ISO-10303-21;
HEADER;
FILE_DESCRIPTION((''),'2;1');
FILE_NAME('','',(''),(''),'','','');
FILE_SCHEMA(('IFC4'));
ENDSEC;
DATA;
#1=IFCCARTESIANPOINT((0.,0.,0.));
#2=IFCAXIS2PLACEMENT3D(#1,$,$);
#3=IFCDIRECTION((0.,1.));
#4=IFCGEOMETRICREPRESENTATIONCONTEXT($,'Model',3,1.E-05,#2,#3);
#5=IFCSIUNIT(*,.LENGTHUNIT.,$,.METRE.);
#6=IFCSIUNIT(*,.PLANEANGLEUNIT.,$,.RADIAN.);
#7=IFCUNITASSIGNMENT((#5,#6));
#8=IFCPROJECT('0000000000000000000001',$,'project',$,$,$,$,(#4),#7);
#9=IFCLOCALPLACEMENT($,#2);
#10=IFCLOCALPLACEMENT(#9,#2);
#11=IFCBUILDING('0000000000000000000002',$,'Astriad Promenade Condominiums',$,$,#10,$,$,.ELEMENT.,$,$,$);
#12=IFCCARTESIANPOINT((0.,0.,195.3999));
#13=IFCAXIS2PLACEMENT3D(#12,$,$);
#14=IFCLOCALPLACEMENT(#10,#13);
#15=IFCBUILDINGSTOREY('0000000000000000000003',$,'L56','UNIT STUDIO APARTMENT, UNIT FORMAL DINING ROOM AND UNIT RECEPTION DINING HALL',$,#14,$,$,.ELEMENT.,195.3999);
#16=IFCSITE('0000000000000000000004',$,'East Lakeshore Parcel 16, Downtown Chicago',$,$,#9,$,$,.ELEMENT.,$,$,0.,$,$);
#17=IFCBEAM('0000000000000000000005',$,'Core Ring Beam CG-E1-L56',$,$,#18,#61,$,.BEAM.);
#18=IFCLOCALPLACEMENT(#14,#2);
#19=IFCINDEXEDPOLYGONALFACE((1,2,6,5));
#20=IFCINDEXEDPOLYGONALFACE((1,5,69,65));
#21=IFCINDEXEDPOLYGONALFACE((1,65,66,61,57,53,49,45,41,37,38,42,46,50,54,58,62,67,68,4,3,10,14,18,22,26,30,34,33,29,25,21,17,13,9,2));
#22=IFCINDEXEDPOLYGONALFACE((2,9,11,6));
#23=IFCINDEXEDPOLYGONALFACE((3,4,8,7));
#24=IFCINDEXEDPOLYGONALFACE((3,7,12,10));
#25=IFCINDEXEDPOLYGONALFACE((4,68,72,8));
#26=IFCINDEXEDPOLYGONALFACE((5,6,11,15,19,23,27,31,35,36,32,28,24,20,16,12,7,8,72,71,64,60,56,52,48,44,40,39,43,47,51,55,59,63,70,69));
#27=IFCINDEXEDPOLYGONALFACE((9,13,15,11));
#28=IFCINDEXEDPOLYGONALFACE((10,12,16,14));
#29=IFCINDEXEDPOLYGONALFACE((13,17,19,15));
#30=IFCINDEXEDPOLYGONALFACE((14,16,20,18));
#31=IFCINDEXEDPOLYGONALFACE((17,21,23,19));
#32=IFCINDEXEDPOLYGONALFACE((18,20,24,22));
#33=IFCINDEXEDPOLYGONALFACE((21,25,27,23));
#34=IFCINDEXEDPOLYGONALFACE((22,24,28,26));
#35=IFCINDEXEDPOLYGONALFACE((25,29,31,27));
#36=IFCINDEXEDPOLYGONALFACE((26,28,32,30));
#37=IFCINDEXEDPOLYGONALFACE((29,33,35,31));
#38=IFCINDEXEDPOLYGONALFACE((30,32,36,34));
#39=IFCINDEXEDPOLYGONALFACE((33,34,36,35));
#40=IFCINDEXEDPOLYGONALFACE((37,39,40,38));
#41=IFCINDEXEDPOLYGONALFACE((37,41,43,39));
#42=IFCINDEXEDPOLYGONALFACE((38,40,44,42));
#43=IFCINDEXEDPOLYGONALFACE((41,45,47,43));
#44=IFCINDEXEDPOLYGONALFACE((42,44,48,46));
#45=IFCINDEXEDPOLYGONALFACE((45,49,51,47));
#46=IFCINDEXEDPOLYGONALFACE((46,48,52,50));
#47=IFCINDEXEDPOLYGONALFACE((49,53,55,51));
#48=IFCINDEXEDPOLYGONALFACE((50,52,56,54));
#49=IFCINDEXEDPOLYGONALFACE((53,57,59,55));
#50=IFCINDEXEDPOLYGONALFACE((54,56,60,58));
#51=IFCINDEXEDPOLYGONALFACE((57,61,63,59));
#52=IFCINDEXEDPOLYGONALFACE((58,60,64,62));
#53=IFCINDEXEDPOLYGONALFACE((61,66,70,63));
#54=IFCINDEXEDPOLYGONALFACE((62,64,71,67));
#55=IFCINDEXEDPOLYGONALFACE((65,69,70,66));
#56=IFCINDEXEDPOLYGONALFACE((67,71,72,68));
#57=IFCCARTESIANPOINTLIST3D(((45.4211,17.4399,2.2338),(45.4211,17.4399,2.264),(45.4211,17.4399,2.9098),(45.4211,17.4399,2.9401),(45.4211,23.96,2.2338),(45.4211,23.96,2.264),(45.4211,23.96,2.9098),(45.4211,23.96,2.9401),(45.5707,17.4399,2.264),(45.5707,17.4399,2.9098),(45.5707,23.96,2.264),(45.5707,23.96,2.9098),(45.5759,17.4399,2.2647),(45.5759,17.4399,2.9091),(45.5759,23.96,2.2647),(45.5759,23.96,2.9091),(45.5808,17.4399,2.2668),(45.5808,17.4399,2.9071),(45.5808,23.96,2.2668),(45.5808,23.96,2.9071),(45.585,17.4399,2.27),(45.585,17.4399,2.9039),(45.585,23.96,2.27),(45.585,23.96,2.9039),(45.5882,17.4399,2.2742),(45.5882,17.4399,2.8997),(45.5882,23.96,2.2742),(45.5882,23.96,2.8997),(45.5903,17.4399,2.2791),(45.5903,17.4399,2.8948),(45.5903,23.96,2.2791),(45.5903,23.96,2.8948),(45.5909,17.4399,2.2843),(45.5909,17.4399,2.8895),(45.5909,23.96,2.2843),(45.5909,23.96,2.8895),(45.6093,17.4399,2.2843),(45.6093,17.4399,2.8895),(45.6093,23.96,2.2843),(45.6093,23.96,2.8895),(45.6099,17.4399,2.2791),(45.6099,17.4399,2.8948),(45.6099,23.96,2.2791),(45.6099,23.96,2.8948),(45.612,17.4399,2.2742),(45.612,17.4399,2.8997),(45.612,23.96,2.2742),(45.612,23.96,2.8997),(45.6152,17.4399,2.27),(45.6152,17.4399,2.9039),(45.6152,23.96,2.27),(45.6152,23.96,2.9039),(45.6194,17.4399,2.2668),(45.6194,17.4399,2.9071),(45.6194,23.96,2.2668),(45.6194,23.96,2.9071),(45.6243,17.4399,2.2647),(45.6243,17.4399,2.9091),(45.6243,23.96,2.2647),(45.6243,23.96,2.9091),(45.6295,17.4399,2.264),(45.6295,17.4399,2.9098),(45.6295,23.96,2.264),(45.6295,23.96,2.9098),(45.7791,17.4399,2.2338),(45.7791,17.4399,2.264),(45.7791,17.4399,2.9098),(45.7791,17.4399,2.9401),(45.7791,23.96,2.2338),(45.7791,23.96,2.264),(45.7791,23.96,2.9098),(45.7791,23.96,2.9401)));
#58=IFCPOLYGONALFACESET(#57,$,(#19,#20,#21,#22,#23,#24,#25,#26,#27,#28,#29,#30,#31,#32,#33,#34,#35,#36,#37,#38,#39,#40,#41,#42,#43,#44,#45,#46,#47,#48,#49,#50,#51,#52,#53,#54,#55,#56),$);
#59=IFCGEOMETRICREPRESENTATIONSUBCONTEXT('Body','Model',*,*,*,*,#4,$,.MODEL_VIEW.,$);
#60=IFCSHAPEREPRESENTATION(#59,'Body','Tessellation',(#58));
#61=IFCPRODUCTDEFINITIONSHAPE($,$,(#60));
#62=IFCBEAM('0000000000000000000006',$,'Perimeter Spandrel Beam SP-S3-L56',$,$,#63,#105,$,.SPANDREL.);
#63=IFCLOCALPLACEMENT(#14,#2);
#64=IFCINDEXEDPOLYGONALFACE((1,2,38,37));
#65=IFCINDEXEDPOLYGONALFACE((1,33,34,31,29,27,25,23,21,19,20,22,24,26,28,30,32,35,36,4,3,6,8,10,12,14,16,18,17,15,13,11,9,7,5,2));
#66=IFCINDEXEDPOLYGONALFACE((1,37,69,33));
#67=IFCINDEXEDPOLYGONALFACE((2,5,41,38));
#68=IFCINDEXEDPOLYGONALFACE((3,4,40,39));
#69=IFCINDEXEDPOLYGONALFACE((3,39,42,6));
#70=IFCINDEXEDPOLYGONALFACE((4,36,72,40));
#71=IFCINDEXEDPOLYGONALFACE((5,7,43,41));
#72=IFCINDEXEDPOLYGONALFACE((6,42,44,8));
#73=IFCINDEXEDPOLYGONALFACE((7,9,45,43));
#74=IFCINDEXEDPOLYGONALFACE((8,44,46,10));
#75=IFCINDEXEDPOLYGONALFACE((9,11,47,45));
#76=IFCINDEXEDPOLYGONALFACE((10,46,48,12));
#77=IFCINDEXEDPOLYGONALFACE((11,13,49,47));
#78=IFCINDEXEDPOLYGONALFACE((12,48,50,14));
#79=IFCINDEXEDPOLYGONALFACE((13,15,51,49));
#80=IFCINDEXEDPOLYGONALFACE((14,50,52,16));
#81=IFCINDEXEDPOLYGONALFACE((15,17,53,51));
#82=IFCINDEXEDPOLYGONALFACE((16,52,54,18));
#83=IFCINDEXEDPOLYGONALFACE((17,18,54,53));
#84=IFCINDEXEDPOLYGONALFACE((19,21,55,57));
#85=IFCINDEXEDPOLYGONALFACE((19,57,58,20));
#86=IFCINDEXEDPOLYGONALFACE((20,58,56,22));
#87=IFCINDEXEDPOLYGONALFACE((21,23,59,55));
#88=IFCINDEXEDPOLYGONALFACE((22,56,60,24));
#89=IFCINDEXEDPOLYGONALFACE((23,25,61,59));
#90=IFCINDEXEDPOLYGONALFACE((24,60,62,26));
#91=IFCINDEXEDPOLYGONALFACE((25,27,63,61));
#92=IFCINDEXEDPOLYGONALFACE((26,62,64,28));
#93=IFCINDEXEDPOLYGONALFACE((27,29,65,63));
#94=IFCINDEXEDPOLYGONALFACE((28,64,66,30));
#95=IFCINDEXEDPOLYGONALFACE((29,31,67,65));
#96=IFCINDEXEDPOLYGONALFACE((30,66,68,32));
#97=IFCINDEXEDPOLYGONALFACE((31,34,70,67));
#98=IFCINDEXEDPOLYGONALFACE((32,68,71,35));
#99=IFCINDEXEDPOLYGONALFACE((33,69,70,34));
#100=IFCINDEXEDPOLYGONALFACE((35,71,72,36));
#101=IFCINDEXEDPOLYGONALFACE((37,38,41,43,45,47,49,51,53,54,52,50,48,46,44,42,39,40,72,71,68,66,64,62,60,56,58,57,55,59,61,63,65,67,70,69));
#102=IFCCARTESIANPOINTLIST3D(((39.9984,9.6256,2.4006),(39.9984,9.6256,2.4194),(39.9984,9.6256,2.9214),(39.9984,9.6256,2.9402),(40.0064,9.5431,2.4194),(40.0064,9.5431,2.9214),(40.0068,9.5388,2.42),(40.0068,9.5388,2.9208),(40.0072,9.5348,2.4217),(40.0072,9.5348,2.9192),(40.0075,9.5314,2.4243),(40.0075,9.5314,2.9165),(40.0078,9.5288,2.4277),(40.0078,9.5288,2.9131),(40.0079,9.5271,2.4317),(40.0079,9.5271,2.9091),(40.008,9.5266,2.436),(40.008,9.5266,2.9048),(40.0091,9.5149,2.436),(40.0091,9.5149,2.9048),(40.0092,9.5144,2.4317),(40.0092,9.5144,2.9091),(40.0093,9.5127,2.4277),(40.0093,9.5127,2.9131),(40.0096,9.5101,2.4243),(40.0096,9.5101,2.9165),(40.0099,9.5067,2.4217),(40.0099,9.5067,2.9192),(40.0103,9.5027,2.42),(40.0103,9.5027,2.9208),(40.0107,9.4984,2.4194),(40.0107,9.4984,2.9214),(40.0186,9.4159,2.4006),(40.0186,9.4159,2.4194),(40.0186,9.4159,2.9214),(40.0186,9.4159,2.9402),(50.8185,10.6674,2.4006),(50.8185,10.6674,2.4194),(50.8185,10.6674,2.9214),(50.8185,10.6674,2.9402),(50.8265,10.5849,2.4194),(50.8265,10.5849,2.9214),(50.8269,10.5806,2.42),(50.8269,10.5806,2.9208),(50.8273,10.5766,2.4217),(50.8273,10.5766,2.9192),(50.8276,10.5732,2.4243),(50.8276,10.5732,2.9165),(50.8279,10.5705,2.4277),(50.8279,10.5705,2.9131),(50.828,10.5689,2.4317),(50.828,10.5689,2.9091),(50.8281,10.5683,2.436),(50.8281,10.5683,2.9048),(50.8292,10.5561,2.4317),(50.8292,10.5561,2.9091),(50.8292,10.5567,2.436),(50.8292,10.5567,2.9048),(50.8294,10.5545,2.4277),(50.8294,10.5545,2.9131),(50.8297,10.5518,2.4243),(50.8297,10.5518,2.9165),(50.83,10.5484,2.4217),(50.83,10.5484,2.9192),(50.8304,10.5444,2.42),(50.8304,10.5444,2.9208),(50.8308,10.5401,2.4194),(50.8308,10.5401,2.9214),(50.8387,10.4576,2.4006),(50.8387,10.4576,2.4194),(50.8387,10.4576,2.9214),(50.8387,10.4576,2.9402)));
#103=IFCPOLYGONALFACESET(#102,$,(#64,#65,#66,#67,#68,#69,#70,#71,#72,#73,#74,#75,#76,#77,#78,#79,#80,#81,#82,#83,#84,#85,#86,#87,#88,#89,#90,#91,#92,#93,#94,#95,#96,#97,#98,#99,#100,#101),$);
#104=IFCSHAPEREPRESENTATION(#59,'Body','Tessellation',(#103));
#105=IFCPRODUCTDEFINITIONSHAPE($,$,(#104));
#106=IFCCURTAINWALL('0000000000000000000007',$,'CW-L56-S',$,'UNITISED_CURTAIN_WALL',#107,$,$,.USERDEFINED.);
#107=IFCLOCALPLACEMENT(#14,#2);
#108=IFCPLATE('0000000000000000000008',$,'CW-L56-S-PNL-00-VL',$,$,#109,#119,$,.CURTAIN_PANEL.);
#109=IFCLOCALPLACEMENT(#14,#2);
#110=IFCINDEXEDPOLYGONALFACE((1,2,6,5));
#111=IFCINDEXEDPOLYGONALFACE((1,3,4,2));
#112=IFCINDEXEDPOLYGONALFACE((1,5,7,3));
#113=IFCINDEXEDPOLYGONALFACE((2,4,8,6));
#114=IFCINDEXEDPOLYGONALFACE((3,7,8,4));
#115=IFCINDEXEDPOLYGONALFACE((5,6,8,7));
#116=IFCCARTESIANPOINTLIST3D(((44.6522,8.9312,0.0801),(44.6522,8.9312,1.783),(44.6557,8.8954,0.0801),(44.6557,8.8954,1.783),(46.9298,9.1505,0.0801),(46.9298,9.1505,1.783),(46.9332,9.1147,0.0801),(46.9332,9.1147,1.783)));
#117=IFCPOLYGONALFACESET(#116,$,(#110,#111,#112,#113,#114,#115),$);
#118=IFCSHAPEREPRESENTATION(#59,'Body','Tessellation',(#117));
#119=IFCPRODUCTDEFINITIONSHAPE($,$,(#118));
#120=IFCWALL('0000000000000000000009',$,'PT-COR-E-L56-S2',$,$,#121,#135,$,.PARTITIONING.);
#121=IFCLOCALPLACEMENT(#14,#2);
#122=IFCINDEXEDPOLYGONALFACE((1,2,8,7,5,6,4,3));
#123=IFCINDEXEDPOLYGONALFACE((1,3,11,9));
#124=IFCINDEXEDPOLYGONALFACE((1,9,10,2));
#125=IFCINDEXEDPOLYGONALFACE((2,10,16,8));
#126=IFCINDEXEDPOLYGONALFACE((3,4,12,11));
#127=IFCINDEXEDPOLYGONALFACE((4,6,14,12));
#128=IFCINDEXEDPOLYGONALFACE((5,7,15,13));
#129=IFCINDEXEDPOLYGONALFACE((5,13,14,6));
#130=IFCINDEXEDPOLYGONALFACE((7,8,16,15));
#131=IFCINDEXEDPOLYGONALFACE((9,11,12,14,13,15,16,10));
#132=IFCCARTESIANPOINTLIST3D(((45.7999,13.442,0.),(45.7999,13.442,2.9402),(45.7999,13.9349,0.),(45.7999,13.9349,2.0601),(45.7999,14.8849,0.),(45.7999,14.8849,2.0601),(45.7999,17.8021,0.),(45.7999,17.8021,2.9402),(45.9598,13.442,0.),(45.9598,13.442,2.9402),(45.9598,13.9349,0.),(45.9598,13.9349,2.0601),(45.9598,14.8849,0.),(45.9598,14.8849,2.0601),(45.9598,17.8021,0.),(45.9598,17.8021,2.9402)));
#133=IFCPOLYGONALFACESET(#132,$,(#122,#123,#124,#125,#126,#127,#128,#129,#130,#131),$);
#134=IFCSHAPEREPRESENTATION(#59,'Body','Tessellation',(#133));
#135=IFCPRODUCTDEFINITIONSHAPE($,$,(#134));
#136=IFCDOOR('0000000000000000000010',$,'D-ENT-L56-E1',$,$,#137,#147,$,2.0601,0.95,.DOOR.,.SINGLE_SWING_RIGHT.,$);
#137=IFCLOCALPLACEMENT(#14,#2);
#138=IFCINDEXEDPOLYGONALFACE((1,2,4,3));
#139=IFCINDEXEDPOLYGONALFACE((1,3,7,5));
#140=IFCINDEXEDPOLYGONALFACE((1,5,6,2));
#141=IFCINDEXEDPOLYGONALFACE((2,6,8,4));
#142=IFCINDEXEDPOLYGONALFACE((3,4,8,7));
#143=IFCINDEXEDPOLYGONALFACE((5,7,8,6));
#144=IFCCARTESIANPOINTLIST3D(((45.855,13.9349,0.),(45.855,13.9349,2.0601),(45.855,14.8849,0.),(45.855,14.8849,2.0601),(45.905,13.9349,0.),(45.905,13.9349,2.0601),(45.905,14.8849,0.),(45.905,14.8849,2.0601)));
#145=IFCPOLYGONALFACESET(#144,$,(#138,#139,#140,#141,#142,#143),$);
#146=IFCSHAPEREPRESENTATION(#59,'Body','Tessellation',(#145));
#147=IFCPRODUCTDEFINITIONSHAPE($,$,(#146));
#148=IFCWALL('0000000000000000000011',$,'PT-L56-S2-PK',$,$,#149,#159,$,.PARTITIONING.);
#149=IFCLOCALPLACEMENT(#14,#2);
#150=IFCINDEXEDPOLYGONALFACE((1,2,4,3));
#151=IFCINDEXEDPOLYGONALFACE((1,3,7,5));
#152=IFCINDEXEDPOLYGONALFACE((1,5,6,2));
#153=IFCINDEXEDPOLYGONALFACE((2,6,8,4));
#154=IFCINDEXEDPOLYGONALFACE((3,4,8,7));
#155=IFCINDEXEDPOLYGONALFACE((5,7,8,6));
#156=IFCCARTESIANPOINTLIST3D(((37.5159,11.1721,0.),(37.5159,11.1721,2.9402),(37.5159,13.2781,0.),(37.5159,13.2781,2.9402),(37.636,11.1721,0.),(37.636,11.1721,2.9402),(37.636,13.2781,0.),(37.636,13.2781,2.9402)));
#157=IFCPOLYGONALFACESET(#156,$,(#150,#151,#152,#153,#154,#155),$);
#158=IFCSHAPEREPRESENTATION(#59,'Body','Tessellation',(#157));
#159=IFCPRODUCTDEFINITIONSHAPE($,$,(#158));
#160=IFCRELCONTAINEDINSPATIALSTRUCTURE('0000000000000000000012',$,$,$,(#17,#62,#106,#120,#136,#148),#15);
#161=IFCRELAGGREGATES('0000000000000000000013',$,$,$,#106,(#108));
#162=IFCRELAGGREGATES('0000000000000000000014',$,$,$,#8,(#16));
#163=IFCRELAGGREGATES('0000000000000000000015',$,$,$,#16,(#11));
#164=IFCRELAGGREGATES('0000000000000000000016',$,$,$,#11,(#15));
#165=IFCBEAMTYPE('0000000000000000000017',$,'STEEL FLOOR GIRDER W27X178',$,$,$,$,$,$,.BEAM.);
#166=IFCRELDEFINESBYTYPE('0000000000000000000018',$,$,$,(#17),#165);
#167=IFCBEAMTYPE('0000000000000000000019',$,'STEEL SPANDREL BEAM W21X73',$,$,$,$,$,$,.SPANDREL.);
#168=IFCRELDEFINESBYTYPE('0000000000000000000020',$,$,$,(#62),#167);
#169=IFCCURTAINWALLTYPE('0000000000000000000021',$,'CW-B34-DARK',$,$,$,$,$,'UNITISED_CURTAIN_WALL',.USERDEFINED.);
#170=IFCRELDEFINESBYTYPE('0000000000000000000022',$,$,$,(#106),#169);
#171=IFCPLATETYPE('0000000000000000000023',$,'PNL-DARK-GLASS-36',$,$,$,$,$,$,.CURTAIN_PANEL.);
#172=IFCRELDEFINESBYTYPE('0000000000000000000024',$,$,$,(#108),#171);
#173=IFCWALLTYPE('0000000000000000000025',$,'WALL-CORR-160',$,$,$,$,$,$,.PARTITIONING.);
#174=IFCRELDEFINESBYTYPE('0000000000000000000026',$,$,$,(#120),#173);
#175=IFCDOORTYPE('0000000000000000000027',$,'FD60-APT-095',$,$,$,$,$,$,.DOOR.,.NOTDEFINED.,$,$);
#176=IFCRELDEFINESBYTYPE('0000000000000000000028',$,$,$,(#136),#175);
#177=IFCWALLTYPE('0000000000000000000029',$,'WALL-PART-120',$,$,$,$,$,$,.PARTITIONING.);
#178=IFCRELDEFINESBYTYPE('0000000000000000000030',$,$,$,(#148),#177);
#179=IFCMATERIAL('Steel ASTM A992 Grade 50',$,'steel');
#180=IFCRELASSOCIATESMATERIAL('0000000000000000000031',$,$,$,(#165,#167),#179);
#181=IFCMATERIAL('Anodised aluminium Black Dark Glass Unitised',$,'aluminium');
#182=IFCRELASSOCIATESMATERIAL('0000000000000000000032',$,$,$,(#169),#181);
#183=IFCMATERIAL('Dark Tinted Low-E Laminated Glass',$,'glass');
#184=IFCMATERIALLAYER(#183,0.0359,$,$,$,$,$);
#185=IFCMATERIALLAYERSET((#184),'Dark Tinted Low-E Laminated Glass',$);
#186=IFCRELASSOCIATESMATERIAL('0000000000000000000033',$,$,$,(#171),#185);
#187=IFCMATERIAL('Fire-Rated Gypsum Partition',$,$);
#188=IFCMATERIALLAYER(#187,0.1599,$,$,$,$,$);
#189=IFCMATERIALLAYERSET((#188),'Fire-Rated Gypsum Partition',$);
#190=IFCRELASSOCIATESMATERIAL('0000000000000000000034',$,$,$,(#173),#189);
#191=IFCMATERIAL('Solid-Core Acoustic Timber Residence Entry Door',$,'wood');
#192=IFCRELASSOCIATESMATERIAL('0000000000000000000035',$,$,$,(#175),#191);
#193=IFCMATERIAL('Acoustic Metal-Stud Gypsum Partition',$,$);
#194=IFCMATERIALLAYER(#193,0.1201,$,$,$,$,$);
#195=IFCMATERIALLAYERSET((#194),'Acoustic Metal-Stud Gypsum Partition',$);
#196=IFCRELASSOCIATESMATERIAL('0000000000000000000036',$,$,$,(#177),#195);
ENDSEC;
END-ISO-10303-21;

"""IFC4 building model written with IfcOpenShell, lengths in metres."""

from ifc_helpers import new_model, si_unit, direction, frame, frame_2d, origin, origin_2d, place, context, subcontext, project, spatial, rectangle, i_section, extrude, source, transform, mapped, material, layer, layer_set, material_profile, profile_set, type_object, type_shapes, element, fill, aggregate, save


model = new_model("IFC4")

# Units and contexts
model_context = context("Model", 3, precision=1e-05, world=origin(), true_north=direction((0.0, 1.0)))
body_context = subcontext(model_context, "Body", "Model", "MODEL_VIEW")
ifc_project = project(units=[si_unit("LENGTHUNIT", "METRE"), si_unit("PLANEANGLEUNIT", "RADIAN")], contexts=[model_context])

# Site, building, storey
site_placement = place(None, origin())
site = spatial("IfcSite", under=ifc_project, at=site_placement, Name="East Lakeshore Parcel 16, Downtown Chicago", CompositionType="ELEMENT", RefElevation=0.0)
building_placement = place(site_placement, origin())
building = spatial("IfcBuilding", under=site, at=building_placement, Name="Astriad Promenade Condominiums", CompositionType="ELEMENT")
storey_placement = place(building_placement, frame((0.0, 0.0, 195.3999)))
storey = spatial("IfcBuildingStorey", under=building, at=storey_placement, Name="L56", Description="UNIT STUDIO APARTMENT, UNIT FORMAL DINING ROOM AND UNIT RECEPTION DINING HALL", CompositionType="ELEMENT", Elevation=195.3999)

# Shared definitions
ifc_material_1 = material(Name="Steel ASTM A992 Grade 50", Category="steel")

# Beams
ifc_material_profile_1 = material_profile(ifc_material_1, i_section(OverallWidth=0.3579, OverallDepth=0.7063, WebThickness=0.0183, FlangeThickness=0.0303, FilletRadius=0.0203, at=origin_2d()), Name="W27X178")
ifc_profile_set_1 = profile_set([ifc_material_profile_1], Name="Steel ASTM A992 Grade 50")
beam_type_1 = type_object("IfcBeamType", Name="STEEL FLOOR GIRDER W27X178", PredefinedType="BEAM", material=ifc_profile_set_1)
shared_shape_1 = source(origin(), body_context, "Body", "SweptSolid", [
    extrude(i_section(OverallWidth=0.3579, OverallDepth=0.7063, WebThickness=0.0183, FlangeThickness=0.0303, FilletRadius=0.0203, at=origin_2d()), origin(), (0.0, 0.0, 1.0), 6.52),
])
type_shapes(beam_type_1, [shared_shape_1])
beam_1_placement = place(storey_placement, frame((45.6001, 17.4399, 2.5869), z_axis=(0.0, 1.0, 0.0), x_axis=(-1.0, 0.0, 0.0)))
element("IfcBeam", 1, at=beam_1_placement, inside=storey, type_object=beam_type_1, Name="Core Ring Beam CG-E1-L56", PredefinedType="BEAM", context=body_context, shape_type="MappedRepresentation", body=[
    mapped(shared_shape_1, transform((0.0, 0.0, 0.0), scale=1.0)),
])
ifc_material_profile_2 = material_profile(ifc_material_1, i_section(OverallWidth=0.2107, OverallDepth=0.5396, WebThickness=0.0117, FlangeThickness=0.0188, FilletRadius=0.0166, at=origin_2d()), Name="W21X73")
ifc_profile_set_2 = profile_set([ifc_material_profile_2], Name="Steel ASTM A992 Grade 50")
beam_type_2 = type_object("IfcBeamType", Name="STEEL SPANDREL BEAM W21X73", PredefinedType="SPANDREL", material=ifc_profile_set_2)
shared_shape_2 = source(origin(), body_context, "Body", "SweptSolid", [
    extrude(i_section(OverallWidth=0.2107, OverallDepth=0.5396, WebThickness=0.0117, FlangeThickness=0.0188, FilletRadius=0.0166, at=origin_2d()), origin(), (0.0, 0.0, 1.0), 10.8701),
])
type_shapes(beam_type_2, [shared_shape_2])
beam_2_placement = place(storey_placement, frame((40.0085, 9.5208, 2.6704), z_axis=(0.995397, 0.095836, 0.0), x_axis=(-0.095836, 0.995397, 0.0)))
element("IfcBeam", 2, at=beam_2_placement, inside=storey, type_object=beam_type_2, Name="Perimeter Spandrel Beam SP-S3-L56", PredefinedType="SPANDREL", context=body_context, shape_type="MappedRepresentation", body=[
    mapped(shared_shape_2, transform((0.0, 0.0, 0.0), scale=1.0)),
])

# Curtain wall, plate
ifc_material_2 = material(Name="Anodised aluminium Black Dark Glass Unitised", Category="aluminium")
curtain_wall_type = type_object("IfcCurtainWallType", Name="CW-B34-DARK", ElementType="UNITISED_CURTAIN_WALL", PredefinedType="USERDEFINED", material=ifc_material_2)
curtain_wall_placement = place(storey_placement, origin())
curtain_wall = element("IfcCurtainWall", 3, at=curtain_wall_placement, inside=storey, type_object=curtain_wall_type, Name="CW-L56-S", ObjectType="UNITISED_CURTAIN_WALL", PredefinedType="USERDEFINED")
ifc_material_3 = material(Name="Dark Tinted Low-E Laminated Glass", Category="glass")
ifc_layer_1 = layer(ifc_material_3, 0.0359)
ifc_layer_set_1 = layer_set([ifc_layer_1], Name="Dark Tinted Low-E Laminated Glass")
plate_type = type_object("IfcPlateType", Name="PNL-DARK-GLASS-36", PredefinedType="CURTAIN_PANEL", material=ifc_layer_set_1)
shared_shape_3 = source(origin(), body_context, "Body", "SweptSolid", [
    extrude(rectangle(XDim=2.2881, YDim=0.0359, at=origin_2d()), origin(), (0.0, 0.0, 1.0), 1.7029),
])
type_shapes(plate_type, [shared_shape_3])
plate_placement = place(storey_placement, frame((45.7927, 9.0229, 0.0801), z_axis=(0.0, 0.0, 1.0), x_axis=(-0.995396, -0.095846, 0.0)))
plate = element("IfcPlate", 4, at=plate_placement, type_object=plate_type, Name="CW-L56-S-PNL-00-VL", PredefinedType="CURTAIN_PANEL", context=body_context, shape_type="MappedRepresentation", body=[
    mapped(shared_shape_3, transform((0.0, 0.0, 0.0), scale=1.0)),
])
aggregate(curtain_wall, [plate])

# Wall, opening, door
ifc_material_4 = material(Name="Fire-Rated Gypsum Partition")
ifc_layer_2 = layer(ifc_material_4, 0.1599)
ifc_layer_set_2 = layer_set([ifc_layer_2], Name="Fire-Rated Gypsum Partition")
wall_type_1 = type_object("IfcWallType", Name="WALL-CORR-160", PredefinedType="PARTITIONING", material=ifc_layer_set_2)
wall_1_placement = place(storey_placement, frame((45.8799, 13.4419, 0.0), z_axis=(0.0, 0.0, 1.0), x_axis=(0.0, 1.0, 0.0)))
wall_1 = element("IfcWall", 5, at=wall_1_placement, inside=storey, type_object=wall_type_1, Name="PT-COR-E-L56-S2", PredefinedType="PARTITIONING", context=body_context, shape_type="SweptSolid", body=[
    extrude(rectangle(XDim=4.3601, YDim=0.1599, at=frame_2d((2.1802, 0.0))), origin(), (0.0, 0.0, 1.0), 2.9402),
])
opening_1_placement = place(wall_1_placement, frame((0.4929, 0.0, 0.0)))
opening_1 = element("IfcOpeningElement", 6, at=opening_1_placement, cuts=wall_1, PredefinedType="OPENING", context=body_context, shape_type="SweptSolid", body=[
    extrude(rectangle(XDim=0.95, YDim=2.0601, at=frame_2d((0.4751, 1.03))), frame((0.0, 0.0898, 0.0), z_axis=(0.0, -1.0, 0.0), x_axis=(1.0, 0.0, 0.0)), (0.0, 0.0, 1.0), 0.1799),
])
ifc_material_5 = material(Name="Solid-Core Acoustic Timber Residence Entry Door", Category="wood")
door_type_1 = type_object("IfcDoorType", Name="FD60-APT-095", OperationType="NOTDEFINED", PredefinedType="DOOR", material=ifc_material_5)
shared_shape_4 = source(origin(), body_context, "Body", "SweptSolid", [
    extrude(rectangle(XDim=0.95, YDim=2.0601, at=frame_2d((0.4751, 1.03))), frame((0.0, 0.0249, 0.0), z_axis=(0.0, -1.0, 0.0), x_axis=(1.0, 0.0, 0.0)), (0.0, 0.0, 1.0), 0.05),
])
type_shapes(door_type_1, [shared_shape_4])
door_1_placement = place(opening_1_placement, origin())
door_1 = element("IfcDoor", 7, at=door_1_placement, inside=storey, type_object=door_type_1, Name="D-ENT-L56-E1", OperationType="SINGLE_SWING_RIGHT", OverallHeight=2.0601, OverallWidth=0.95, PredefinedType="DOOR", context=body_context, shape_type="MappedRepresentation", body=[
    mapped(shared_shape_4, transform((0.0, 0.0, 0.0), scale=1.0)),
])
fill(opening_1, door_1)

# Wall
ifc_material_6 = material(Name="Acoustic Metal-Stud Gypsum Partition")
ifc_layer_3 = layer(ifc_material_6, 0.1201)
ifc_layer_set_3 = layer_set([ifc_layer_3], Name="Acoustic Metal-Stud Gypsum Partition")
wall_type_2 = type_object("IfcWallType", Name="WALL-PART-120", PredefinedType="PARTITIONING", material=ifc_layer_set_3)
wall_2_placement = place(storey_placement, frame((37.5759, 11.1721, 0.0), z_axis=(0.0, 0.0, 1.0), x_axis=(0.0, 1.0, 0.0)))
element("IfcWall", 8, at=wall_2_placement, inside=storey, type_object=wall_type_2, Name="PT-L56-S2-PK", PredefinedType="PARTITIONING", context=body_context, shape_type="SweptSolid", body=[
    extrude(rectangle(XDim=2.106, YDim=0.1201, at=frame_2d((1.053, 0.0))), origin(), (0.0, 0.0, 1.0), 2.9402),
])

save(model, "model.ifc")
